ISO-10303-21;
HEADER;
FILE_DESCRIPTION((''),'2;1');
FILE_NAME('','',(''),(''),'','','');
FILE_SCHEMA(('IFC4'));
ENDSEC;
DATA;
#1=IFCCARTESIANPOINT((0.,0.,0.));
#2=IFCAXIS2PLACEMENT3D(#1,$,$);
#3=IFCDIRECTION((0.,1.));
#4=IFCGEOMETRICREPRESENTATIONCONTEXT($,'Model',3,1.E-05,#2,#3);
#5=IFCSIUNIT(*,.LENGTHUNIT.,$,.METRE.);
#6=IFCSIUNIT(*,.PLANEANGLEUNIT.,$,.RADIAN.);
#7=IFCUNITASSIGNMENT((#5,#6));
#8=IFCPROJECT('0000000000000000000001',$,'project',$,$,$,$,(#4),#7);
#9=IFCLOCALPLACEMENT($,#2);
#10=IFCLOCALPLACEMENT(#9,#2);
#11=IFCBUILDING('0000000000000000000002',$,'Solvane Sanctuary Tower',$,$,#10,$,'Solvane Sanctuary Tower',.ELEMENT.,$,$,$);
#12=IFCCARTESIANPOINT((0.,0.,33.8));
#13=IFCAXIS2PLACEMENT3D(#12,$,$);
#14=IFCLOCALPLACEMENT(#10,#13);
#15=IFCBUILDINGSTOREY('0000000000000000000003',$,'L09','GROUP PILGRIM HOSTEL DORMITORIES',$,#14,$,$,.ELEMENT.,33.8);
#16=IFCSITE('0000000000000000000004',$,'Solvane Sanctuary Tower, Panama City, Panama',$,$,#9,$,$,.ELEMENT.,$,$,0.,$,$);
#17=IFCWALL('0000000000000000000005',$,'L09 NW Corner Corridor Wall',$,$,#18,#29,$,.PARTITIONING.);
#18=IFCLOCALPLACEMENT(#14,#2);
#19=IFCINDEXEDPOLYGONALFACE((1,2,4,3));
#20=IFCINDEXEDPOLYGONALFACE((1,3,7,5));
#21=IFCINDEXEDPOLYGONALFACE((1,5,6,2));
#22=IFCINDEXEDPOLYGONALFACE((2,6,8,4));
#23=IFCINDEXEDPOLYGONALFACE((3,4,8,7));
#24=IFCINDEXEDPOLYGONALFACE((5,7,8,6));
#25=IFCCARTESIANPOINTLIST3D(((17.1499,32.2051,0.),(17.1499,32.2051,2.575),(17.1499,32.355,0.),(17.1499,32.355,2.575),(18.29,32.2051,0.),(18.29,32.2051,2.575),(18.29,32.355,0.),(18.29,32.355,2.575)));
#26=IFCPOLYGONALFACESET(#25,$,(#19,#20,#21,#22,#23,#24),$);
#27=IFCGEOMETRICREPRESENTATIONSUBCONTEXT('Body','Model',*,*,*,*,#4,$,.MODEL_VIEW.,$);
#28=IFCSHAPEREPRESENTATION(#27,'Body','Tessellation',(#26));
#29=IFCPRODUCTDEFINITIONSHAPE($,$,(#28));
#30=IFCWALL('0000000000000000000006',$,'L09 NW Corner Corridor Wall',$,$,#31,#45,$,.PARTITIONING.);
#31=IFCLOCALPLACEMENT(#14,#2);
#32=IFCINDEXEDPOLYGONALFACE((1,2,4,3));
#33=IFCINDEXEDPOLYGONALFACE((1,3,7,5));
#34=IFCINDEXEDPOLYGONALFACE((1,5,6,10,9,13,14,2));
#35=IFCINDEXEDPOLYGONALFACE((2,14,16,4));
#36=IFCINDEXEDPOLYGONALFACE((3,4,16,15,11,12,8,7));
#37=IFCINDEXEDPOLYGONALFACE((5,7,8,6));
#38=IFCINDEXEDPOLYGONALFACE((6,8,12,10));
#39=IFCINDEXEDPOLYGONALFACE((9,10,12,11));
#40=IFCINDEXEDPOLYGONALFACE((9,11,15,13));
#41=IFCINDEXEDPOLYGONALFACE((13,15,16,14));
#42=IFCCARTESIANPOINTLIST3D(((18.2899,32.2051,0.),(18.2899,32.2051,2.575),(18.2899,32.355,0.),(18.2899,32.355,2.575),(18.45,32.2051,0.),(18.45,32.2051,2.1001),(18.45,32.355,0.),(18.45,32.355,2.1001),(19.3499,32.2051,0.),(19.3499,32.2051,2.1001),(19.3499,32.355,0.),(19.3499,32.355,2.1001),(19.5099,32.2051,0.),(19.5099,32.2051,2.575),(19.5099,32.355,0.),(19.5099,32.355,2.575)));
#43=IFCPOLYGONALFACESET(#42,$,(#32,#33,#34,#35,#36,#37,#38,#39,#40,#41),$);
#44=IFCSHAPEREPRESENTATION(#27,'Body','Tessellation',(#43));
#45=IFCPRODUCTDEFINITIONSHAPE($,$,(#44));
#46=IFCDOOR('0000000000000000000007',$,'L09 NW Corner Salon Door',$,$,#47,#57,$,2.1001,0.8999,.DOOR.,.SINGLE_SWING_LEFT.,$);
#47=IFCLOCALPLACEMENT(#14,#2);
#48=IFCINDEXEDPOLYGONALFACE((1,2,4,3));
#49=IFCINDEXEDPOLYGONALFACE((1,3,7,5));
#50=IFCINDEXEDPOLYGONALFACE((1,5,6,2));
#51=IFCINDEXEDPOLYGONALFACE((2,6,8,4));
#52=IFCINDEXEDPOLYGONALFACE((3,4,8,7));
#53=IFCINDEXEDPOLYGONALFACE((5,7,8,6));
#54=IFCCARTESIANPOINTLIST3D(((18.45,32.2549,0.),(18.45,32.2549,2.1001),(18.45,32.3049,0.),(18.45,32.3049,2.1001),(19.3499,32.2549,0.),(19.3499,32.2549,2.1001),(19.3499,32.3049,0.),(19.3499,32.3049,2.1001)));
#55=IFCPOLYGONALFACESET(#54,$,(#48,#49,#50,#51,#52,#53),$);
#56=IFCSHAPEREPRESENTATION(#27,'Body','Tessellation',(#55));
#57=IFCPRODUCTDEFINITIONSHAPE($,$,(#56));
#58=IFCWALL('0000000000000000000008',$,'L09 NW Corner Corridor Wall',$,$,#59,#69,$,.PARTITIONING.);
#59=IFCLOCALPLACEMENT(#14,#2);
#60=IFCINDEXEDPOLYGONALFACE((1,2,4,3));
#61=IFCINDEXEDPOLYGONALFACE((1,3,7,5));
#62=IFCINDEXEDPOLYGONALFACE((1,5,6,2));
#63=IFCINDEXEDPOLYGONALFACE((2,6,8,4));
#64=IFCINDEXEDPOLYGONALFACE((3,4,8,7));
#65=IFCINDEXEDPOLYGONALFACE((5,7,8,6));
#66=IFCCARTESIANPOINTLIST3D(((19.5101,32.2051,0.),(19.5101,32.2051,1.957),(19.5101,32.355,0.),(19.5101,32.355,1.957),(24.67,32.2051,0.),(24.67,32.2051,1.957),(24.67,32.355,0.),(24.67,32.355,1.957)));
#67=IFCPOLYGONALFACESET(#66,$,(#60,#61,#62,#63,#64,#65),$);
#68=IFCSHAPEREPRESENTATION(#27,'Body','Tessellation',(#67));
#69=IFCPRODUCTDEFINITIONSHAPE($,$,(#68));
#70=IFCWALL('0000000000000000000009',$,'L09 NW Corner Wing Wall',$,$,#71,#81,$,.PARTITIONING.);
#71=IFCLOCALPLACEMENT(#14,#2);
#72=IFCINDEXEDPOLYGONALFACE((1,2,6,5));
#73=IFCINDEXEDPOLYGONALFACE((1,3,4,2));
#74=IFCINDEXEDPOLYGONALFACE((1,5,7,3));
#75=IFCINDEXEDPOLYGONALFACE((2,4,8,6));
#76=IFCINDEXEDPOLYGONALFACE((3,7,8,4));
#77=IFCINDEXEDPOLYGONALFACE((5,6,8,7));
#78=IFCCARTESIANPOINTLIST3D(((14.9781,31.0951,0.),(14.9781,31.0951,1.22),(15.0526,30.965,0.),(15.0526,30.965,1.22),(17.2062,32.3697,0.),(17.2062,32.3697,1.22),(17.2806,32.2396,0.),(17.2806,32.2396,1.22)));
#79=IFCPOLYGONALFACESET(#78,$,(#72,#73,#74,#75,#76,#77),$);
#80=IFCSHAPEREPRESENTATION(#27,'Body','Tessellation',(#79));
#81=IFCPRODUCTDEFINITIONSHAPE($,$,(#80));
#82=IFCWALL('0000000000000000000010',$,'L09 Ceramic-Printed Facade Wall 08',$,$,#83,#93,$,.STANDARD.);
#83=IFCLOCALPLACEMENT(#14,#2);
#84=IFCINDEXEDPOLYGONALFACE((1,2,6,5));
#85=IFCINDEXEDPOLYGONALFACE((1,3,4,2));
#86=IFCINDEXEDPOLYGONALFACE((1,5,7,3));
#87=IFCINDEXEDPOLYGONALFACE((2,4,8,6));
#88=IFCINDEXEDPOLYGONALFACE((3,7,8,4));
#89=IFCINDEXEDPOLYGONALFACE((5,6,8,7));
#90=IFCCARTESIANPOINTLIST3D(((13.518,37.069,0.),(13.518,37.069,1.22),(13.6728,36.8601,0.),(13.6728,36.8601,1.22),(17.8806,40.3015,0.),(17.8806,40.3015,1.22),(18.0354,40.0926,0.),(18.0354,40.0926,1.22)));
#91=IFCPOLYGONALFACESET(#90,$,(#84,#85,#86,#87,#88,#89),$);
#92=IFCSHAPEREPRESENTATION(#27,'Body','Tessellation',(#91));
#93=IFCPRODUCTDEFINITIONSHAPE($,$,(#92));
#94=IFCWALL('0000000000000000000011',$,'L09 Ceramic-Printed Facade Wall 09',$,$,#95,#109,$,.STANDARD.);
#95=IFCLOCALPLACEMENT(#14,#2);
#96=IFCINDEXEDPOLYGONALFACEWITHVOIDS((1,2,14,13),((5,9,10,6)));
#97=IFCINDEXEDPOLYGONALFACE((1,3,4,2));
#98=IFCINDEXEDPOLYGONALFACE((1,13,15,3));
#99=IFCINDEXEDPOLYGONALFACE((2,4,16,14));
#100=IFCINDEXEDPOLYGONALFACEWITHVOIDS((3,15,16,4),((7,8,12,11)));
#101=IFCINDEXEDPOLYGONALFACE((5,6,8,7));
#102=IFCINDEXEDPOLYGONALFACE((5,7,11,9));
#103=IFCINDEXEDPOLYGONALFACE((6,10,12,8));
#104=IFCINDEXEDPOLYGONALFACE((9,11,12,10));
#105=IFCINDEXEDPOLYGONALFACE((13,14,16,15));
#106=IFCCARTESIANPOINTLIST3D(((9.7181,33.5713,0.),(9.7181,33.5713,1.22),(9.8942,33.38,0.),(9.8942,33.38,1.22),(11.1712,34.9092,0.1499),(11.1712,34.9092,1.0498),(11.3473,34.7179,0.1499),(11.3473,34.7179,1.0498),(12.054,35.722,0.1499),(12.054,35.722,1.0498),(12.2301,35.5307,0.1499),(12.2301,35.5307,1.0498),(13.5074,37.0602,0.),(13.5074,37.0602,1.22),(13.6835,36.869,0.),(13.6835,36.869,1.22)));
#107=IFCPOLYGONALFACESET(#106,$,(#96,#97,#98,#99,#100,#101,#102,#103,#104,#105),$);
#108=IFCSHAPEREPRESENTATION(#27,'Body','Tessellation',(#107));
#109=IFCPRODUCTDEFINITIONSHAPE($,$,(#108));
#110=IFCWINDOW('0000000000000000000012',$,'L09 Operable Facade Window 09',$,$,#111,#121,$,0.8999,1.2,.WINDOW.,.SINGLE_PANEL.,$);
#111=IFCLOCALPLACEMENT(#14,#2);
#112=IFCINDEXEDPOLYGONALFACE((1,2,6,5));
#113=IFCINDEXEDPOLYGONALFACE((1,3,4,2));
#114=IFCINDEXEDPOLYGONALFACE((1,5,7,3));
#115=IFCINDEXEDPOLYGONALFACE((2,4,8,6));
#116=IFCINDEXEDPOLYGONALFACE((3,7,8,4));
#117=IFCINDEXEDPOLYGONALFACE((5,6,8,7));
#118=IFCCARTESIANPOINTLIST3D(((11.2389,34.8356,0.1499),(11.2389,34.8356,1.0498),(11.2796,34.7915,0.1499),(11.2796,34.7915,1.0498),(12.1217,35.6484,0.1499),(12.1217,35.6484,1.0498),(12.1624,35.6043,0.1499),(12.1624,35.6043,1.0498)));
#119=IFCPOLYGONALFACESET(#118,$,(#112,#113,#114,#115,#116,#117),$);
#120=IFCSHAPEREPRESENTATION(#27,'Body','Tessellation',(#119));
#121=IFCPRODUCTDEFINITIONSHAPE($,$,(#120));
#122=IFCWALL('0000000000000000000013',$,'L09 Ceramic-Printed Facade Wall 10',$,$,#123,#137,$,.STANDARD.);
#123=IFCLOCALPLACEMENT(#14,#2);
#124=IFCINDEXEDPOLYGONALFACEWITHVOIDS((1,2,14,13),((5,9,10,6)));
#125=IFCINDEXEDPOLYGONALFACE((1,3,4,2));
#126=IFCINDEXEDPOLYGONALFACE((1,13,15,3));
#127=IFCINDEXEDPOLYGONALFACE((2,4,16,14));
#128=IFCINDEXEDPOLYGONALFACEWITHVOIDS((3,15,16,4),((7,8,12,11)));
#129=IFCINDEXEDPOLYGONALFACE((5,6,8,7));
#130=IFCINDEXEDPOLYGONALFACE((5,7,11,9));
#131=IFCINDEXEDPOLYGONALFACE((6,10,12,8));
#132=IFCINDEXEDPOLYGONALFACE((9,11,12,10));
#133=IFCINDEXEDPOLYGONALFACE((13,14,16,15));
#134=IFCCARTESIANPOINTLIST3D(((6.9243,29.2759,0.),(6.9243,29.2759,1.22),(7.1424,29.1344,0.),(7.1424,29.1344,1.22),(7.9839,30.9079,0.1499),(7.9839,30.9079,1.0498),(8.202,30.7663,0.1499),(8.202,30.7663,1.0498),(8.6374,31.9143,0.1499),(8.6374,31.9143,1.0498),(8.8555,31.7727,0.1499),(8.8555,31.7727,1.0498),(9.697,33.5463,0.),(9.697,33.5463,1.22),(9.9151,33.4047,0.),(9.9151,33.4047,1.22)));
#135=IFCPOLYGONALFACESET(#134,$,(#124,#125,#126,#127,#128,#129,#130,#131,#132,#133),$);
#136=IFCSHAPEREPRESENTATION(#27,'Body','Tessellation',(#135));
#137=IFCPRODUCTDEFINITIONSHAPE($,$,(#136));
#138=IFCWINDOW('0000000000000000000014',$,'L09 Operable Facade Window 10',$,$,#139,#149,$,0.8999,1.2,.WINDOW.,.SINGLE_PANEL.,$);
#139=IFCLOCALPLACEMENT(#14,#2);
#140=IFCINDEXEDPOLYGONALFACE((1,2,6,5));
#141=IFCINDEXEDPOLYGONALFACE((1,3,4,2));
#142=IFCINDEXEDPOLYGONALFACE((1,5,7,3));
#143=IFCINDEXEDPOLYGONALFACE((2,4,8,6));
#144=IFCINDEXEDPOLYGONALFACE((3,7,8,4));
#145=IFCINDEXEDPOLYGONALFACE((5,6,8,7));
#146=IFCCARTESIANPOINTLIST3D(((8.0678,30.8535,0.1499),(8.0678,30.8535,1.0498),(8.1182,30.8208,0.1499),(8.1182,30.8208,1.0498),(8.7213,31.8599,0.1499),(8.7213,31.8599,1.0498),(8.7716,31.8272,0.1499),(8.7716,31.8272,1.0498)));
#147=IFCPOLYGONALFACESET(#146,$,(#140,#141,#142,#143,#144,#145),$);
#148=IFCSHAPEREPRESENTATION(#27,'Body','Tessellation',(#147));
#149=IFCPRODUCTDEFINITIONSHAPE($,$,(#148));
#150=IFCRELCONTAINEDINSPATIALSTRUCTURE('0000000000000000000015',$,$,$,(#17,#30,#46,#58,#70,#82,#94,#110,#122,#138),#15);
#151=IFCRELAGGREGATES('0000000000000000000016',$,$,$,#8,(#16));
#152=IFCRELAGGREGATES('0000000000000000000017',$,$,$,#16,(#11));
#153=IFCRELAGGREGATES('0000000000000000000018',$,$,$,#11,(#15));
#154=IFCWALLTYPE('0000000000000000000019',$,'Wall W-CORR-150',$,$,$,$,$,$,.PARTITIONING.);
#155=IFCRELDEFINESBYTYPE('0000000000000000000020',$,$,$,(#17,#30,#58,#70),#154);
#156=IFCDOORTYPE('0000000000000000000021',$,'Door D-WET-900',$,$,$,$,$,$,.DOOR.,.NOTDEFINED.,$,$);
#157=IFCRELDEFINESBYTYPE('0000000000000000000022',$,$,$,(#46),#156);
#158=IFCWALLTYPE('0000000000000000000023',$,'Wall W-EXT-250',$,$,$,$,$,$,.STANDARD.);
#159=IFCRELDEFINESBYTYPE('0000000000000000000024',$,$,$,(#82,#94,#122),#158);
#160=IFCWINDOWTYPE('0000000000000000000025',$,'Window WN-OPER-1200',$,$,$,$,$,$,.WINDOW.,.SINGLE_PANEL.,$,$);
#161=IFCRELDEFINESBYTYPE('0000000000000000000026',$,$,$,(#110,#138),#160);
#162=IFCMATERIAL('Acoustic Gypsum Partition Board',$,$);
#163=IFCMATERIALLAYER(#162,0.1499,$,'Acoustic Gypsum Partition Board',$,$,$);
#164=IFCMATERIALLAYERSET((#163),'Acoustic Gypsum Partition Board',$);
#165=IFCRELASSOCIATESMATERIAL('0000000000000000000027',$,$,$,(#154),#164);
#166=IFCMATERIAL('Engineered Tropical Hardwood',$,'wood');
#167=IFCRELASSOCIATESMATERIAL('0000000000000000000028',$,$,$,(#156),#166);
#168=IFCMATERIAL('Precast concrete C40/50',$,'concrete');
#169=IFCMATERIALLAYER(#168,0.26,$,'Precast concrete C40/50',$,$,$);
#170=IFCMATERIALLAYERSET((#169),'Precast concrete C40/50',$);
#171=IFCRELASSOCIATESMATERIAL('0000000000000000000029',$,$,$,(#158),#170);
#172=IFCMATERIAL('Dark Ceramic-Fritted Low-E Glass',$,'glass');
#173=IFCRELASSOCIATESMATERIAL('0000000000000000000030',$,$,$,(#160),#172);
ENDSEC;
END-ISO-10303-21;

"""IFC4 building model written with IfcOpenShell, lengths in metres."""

from ifc_helpers import new_model, si_unit, direction, frame, frame_2d, origin, place, context, subcontext, project, spatial, rectangle, extrude, material, layer, layer_set, type_object, element, fill, save


model = new_model("IFC4")

# Units and contexts
model_context = context("Model", 3, precision=1e-05, world=origin(), true_north=direction((0.0, 1.0)))
body_context = subcontext(model_context, "Body", "Model", "MODEL_VIEW")
ifc_project = project(units=[si_unit("LENGTHUNIT", "METRE"), si_unit("PLANEANGLEUNIT", "RADIAN")], contexts=[model_context])

# Site, building, storey
site_placement = place(None, origin())
site = spatial("IfcSite", under=ifc_project, at=site_placement, Name="Solvane Sanctuary Tower, Panama City, Panama", CompositionType="ELEMENT", RefElevation=0.0)
building_placement = place(site_placement, origin())
building = spatial("IfcBuilding", under=site, at=building_placement, Name="Solvane Sanctuary Tower", LongName="Solvane Sanctuary Tower", CompositionType="ELEMENT")
storey_placement = place(building_placement, frame((0.0, 0.0, 33.8)))
storey = spatial("IfcBuildingStorey", under=building, at=storey_placement, Name="L09", Description="GROUP PILGRIM HOSTEL DORMITORIES", CompositionType="ELEMENT", Elevation=33.8)

# Wall
ifc_material_1 = material(Name="Acoustic Gypsum Partition Board")
ifc_layer_1 = layer(ifc_material_1, 0.1499, Name="Acoustic Gypsum Partition Board")
ifc_layer_set_1 = layer_set([ifc_layer_1], Name="Acoustic Gypsum Partition Board")
wall_type_1 = type_object("IfcWallType", Name="Wall W-CORR-150", PredefinedType="PARTITIONING", material=ifc_layer_set_1)
wall_1_placement = place(storey_placement, frame((17.1499, 32.28, 0.0), z_axis=(0.0, 0.0, 1.0), x_axis=(1.0, 0.0, 0.0)))
element("IfcWall", 1, at=wall_1_placement, inside=storey, type_object=wall_type_1, Name="L09 NW Corner Corridor Wall", PredefinedType="PARTITIONING", context=body_context, shape_type="SweptSolid", body=[
    extrude(rectangle(XDim=1.1401, YDim=0.1499, at=frame_2d((0.5701, 0.0))), origin(), (0.0, 0.0, 1.0), 2.575),
])

# Wall, opening, door
wall_2_placement = place(storey_placement, frame((18.29, 32.28, 0.0), z_axis=(0.0, 0.0, 1.0), x_axis=(1.0, 0.0, 0.0)))
wall_2 = element("IfcWall", 2, at=wall_2_placement, inside=storey, type_object=wall_type_1, Name="L09 NW Corner Corridor Wall", PredefinedType="PARTITIONING", context=body_context, shape_type="SweptSolid", body=[
    extrude(rectangle(XDim=1.22, YDim=0.1499, at=frame_2d((0.6099, 0.0))), origin(), (0.0, 0.0, 1.0), 2.575),
])
opening_1_placement = place(wall_2_placement, frame((0.1599, 0.0, 0.0)))
opening_1 = element("IfcOpeningElement", 3, at=opening_1_placement, cuts=wall_2, PredefinedType="OPENING", context=body_context, shape_type="SweptSolid", body=[
    extrude(rectangle(XDim=0.8999, YDim=2.1001, at=frame_2d((0.45, 1.05))), frame((0.0, 0.085, 0.0), z_axis=(0.0, -1.0, 0.0), x_axis=(1.0, 0.0, 0.0)), (0.0, 0.0, 1.0), 0.1699),
])
ifc_material_2 = material(Name="Engineered Tropical Hardwood", Category="wood")
door_type_1 = type_object("IfcDoorType", Name="Door D-WET-900", OperationType="NOTDEFINED", PredefinedType="DOOR", material=ifc_material_2)
door_1_placement = place(opening_1_placement, origin())
door_1 = element("IfcDoor", 4, at=door_1_placement, inside=storey, type_object=door_type_1, Name="L09 NW Corner Salon Door", OperationType="SINGLE_SWING_LEFT", OverallHeight=2.1001, OverallWidth=0.8999, PredefinedType="DOOR", context=body_context, shape_type="SweptSolid", body=[
    extrude(rectangle(XDim=0.8999, YDim=2.1001, at=frame_2d((0.45, 1.05))), frame((0.0, 0.0249, 0.0), z_axis=(0.0, -1.0, 0.0), x_axis=(1.0, 0.0, 0.0)), (0.0, 0.0, 1.0), 0.05),
])
fill(opening_1, door_1)

# Walls
wall_3_placement = place(storey_placement, frame((19.51, 32.28, 0.0), z_axis=(0.0, 0.0, 1.0), x_axis=(1.0, 0.0, 0.0)))
element("IfcWall", 5, at=wall_3_placement, inside=storey, type_object=wall_type_1, Name="L09 NW Corner Corridor Wall", PredefinedType="PARTITIONING", context=body_context, shape_type="SweptSolid", body=[
    extrude(rectangle(XDim=5.1599, YDim=0.1499, at=frame_2d((2.5801, 0.0))), origin(), (0.0, 0.0, 1.0), 1.957),
])
wall_4_placement = place(storey_placement, frame((17.2434, 32.3047, 0.0), z_axis=(0.0, 0.0, 1.0), x_axis=(-0.867991, -0.496579, 0.0)))
element("IfcWall", 6, at=wall_4_placement, inside=storey, type_object=wall_type_1, Name="L09 NW Corner Wing Wall", PredefinedType="PARTITIONING", context=body_context, shape_type="SweptSolid", body=[
    extrude(rectangle(XDim=2.5669, YDim=0.1499, at=frame_2d((1.2834, 0.0))), origin(), (0.0, 0.0, 1.0), 1.22),
])
ifc_material_3 = material(Name="Precast concrete C40/50", Category="concrete")
ifc_layer_2 = layer(ifc_material_3, 0.26, Name="Precast concrete C40/50")
ifc_layer_set_2 = layer_set([ifc_layer_2], Name="Precast concrete C40/50")
wall_type_2 = type_object("IfcWallType", Name="Wall W-EXT-250", PredefinedType="STANDARD", material=ifc_layer_set_2)
wall_5_placement = place(storey_placement, frame((17.958, 40.197, 0.0), z_axis=(0.0, 0.0, 1.0), x_axis=(-0.803478, -0.595335, 0.0)))
element("IfcWall", 7, at=wall_5_placement, inside=storey, type_object=wall_type_2, Name="L09 Ceramic-Printed Facade Wall 08", PredefinedType="STANDARD", context=body_context, shape_type="SweptSolid", body=[
    extrude(rectangle(XDim=5.4297, YDim=0.26, at=frame_2d((2.7148, 0.0))), origin(), (0.0, 0.0, 1.0), 1.22),
])

# Walls, openings, windows
wall_6_placement = place(storey_placement, frame((13.5955, 36.9646, 0.0), z_axis=(0.0, 0.0, 1.0), x_axis=(-0.735655, -0.677356, 0.0)))
wall_6 = element("IfcWall", 8, at=wall_6_placement, inside=storey, type_object=wall_type_2, Name="L09 Ceramic-Printed Facade Wall 09", PredefinedType="STANDARD", context=body_context, shape_type="SweptSolid", body=[
    extrude(rectangle(XDim=5.1509, YDim=0.26, at=frame_2d((2.5754, 0.0))), origin(), (0.0, 0.0, 1.0), 1.22),
])
opening_2_placement = place(wall_6_placement, frame((1.9756, 0.0, 0.1499)))
opening_2 = element("IfcOpeningElement", 9, at=opening_2_placement, cuts=wall_6, PredefinedType="OPENING", context=body_context, shape_type="SweptSolid", body=[
    extrude(rectangle(XDim=1.2, YDim=0.8999, at=frame_2d((0.6001, 0.45))), frame((0.0, 0.1399, 0.0), z_axis=(0.0, -1.0, 0.0), x_axis=(1.0, 0.0, 0.0)), (0.0, 0.0, 1.0), 0.28),
])
ifc_material_4 = material(Name="Dark Ceramic-Fritted Low-E Glass", Category="glass")
window_type_1 = type_object("IfcWindowType", Name="Window WN-OPER-1200", PartitioningType="SINGLE_PANEL", PredefinedType="WINDOW", material=ifc_material_4)
window_1_placement = place(opening_2_placement, origin())
window_1 = element("IfcWindow", 10, at=window_1_placement, inside=storey, type_object=window_type_1, Name="L09 Operable Facade Window 09", OverallHeight=0.8999, OverallWidth=1.2, PartitioningType="SINGLE_PANEL", PredefinedType="WINDOW", context=body_context, shape_type="SweptSolid", body=[
    extrude(rectangle(XDim=1.2, YDim=0.8999, at=frame_2d((0.6001, 0.45))), frame((0.0, 0.03, 0.0), z_axis=(0.0, -1.0, 0.0), x_axis=(1.0, 0.0, 0.0)), (0.0, 0.0, 1.0), 0.0601),
])
fill(opening_2, window_1)
wall_7_placement = place(storey_placement, frame((9.8062, 33.4756, 0.0), z_axis=(0.0, 0.0, 1.0), x_axis=(-0.544579, -0.83871, 0.0)))
wall_7 = element("IfcWall", 11, at=wall_7_placement, inside=storey, type_object=wall_type_2, Name="L09 Ceramic-Printed Facade Wall 10", PredefinedType="STANDARD", context=body_context, shape_type="SweptSolid", body=[
    extrude(rectangle(XDim=5.0916, YDim=0.26, at=frame_2d((2.5459, 0.0))), origin(), (0.0, 0.0, 1.0), 1.22),
])
opening_3_placement = place(wall_7_placement, frame((1.9458, 0.0, 0.1499)))
opening_3 = element("IfcOpeningElement", 12, at=opening_3_placement, cuts=wall_7, PredefinedType="OPENING", context=body_context, shape_type="SweptSolid", body=[
    extrude(rectangle(XDim=1.2, YDim=0.8999, at=frame_2d((0.6001, 0.45))), frame((0.0, 0.1399, 0.0), z_axis=(0.0, -1.0, 0.0), x_axis=(1.0, 0.0, 0.0)), (0.0, 0.0, 1.0), 0.28),
])
window_2_placement = place(opening_3_placement, origin())
window_2 = element("IfcWindow", 13, at=window_2_placement, inside=storey, type_object=window_type_1, Name="L09 Operable Facade Window 10", OverallHeight=0.8999, OverallWidth=1.2, PartitioningType="SINGLE_PANEL", PredefinedType="WINDOW", context=body_context, shape_type="SweptSolid", body=[
    extrude(rectangle(XDim=1.2, YDim=0.8999, at=frame_2d((0.6001, 0.45))), frame((0.0, 0.03, 0.0), z_axis=(0.0, -1.0, 0.0), x_axis=(1.0, 0.0, 0.0)), (0.0, 0.0, 1.0), 0.0601),
])
fill(opening_3, window_2)

save(model, "model.ifc")
